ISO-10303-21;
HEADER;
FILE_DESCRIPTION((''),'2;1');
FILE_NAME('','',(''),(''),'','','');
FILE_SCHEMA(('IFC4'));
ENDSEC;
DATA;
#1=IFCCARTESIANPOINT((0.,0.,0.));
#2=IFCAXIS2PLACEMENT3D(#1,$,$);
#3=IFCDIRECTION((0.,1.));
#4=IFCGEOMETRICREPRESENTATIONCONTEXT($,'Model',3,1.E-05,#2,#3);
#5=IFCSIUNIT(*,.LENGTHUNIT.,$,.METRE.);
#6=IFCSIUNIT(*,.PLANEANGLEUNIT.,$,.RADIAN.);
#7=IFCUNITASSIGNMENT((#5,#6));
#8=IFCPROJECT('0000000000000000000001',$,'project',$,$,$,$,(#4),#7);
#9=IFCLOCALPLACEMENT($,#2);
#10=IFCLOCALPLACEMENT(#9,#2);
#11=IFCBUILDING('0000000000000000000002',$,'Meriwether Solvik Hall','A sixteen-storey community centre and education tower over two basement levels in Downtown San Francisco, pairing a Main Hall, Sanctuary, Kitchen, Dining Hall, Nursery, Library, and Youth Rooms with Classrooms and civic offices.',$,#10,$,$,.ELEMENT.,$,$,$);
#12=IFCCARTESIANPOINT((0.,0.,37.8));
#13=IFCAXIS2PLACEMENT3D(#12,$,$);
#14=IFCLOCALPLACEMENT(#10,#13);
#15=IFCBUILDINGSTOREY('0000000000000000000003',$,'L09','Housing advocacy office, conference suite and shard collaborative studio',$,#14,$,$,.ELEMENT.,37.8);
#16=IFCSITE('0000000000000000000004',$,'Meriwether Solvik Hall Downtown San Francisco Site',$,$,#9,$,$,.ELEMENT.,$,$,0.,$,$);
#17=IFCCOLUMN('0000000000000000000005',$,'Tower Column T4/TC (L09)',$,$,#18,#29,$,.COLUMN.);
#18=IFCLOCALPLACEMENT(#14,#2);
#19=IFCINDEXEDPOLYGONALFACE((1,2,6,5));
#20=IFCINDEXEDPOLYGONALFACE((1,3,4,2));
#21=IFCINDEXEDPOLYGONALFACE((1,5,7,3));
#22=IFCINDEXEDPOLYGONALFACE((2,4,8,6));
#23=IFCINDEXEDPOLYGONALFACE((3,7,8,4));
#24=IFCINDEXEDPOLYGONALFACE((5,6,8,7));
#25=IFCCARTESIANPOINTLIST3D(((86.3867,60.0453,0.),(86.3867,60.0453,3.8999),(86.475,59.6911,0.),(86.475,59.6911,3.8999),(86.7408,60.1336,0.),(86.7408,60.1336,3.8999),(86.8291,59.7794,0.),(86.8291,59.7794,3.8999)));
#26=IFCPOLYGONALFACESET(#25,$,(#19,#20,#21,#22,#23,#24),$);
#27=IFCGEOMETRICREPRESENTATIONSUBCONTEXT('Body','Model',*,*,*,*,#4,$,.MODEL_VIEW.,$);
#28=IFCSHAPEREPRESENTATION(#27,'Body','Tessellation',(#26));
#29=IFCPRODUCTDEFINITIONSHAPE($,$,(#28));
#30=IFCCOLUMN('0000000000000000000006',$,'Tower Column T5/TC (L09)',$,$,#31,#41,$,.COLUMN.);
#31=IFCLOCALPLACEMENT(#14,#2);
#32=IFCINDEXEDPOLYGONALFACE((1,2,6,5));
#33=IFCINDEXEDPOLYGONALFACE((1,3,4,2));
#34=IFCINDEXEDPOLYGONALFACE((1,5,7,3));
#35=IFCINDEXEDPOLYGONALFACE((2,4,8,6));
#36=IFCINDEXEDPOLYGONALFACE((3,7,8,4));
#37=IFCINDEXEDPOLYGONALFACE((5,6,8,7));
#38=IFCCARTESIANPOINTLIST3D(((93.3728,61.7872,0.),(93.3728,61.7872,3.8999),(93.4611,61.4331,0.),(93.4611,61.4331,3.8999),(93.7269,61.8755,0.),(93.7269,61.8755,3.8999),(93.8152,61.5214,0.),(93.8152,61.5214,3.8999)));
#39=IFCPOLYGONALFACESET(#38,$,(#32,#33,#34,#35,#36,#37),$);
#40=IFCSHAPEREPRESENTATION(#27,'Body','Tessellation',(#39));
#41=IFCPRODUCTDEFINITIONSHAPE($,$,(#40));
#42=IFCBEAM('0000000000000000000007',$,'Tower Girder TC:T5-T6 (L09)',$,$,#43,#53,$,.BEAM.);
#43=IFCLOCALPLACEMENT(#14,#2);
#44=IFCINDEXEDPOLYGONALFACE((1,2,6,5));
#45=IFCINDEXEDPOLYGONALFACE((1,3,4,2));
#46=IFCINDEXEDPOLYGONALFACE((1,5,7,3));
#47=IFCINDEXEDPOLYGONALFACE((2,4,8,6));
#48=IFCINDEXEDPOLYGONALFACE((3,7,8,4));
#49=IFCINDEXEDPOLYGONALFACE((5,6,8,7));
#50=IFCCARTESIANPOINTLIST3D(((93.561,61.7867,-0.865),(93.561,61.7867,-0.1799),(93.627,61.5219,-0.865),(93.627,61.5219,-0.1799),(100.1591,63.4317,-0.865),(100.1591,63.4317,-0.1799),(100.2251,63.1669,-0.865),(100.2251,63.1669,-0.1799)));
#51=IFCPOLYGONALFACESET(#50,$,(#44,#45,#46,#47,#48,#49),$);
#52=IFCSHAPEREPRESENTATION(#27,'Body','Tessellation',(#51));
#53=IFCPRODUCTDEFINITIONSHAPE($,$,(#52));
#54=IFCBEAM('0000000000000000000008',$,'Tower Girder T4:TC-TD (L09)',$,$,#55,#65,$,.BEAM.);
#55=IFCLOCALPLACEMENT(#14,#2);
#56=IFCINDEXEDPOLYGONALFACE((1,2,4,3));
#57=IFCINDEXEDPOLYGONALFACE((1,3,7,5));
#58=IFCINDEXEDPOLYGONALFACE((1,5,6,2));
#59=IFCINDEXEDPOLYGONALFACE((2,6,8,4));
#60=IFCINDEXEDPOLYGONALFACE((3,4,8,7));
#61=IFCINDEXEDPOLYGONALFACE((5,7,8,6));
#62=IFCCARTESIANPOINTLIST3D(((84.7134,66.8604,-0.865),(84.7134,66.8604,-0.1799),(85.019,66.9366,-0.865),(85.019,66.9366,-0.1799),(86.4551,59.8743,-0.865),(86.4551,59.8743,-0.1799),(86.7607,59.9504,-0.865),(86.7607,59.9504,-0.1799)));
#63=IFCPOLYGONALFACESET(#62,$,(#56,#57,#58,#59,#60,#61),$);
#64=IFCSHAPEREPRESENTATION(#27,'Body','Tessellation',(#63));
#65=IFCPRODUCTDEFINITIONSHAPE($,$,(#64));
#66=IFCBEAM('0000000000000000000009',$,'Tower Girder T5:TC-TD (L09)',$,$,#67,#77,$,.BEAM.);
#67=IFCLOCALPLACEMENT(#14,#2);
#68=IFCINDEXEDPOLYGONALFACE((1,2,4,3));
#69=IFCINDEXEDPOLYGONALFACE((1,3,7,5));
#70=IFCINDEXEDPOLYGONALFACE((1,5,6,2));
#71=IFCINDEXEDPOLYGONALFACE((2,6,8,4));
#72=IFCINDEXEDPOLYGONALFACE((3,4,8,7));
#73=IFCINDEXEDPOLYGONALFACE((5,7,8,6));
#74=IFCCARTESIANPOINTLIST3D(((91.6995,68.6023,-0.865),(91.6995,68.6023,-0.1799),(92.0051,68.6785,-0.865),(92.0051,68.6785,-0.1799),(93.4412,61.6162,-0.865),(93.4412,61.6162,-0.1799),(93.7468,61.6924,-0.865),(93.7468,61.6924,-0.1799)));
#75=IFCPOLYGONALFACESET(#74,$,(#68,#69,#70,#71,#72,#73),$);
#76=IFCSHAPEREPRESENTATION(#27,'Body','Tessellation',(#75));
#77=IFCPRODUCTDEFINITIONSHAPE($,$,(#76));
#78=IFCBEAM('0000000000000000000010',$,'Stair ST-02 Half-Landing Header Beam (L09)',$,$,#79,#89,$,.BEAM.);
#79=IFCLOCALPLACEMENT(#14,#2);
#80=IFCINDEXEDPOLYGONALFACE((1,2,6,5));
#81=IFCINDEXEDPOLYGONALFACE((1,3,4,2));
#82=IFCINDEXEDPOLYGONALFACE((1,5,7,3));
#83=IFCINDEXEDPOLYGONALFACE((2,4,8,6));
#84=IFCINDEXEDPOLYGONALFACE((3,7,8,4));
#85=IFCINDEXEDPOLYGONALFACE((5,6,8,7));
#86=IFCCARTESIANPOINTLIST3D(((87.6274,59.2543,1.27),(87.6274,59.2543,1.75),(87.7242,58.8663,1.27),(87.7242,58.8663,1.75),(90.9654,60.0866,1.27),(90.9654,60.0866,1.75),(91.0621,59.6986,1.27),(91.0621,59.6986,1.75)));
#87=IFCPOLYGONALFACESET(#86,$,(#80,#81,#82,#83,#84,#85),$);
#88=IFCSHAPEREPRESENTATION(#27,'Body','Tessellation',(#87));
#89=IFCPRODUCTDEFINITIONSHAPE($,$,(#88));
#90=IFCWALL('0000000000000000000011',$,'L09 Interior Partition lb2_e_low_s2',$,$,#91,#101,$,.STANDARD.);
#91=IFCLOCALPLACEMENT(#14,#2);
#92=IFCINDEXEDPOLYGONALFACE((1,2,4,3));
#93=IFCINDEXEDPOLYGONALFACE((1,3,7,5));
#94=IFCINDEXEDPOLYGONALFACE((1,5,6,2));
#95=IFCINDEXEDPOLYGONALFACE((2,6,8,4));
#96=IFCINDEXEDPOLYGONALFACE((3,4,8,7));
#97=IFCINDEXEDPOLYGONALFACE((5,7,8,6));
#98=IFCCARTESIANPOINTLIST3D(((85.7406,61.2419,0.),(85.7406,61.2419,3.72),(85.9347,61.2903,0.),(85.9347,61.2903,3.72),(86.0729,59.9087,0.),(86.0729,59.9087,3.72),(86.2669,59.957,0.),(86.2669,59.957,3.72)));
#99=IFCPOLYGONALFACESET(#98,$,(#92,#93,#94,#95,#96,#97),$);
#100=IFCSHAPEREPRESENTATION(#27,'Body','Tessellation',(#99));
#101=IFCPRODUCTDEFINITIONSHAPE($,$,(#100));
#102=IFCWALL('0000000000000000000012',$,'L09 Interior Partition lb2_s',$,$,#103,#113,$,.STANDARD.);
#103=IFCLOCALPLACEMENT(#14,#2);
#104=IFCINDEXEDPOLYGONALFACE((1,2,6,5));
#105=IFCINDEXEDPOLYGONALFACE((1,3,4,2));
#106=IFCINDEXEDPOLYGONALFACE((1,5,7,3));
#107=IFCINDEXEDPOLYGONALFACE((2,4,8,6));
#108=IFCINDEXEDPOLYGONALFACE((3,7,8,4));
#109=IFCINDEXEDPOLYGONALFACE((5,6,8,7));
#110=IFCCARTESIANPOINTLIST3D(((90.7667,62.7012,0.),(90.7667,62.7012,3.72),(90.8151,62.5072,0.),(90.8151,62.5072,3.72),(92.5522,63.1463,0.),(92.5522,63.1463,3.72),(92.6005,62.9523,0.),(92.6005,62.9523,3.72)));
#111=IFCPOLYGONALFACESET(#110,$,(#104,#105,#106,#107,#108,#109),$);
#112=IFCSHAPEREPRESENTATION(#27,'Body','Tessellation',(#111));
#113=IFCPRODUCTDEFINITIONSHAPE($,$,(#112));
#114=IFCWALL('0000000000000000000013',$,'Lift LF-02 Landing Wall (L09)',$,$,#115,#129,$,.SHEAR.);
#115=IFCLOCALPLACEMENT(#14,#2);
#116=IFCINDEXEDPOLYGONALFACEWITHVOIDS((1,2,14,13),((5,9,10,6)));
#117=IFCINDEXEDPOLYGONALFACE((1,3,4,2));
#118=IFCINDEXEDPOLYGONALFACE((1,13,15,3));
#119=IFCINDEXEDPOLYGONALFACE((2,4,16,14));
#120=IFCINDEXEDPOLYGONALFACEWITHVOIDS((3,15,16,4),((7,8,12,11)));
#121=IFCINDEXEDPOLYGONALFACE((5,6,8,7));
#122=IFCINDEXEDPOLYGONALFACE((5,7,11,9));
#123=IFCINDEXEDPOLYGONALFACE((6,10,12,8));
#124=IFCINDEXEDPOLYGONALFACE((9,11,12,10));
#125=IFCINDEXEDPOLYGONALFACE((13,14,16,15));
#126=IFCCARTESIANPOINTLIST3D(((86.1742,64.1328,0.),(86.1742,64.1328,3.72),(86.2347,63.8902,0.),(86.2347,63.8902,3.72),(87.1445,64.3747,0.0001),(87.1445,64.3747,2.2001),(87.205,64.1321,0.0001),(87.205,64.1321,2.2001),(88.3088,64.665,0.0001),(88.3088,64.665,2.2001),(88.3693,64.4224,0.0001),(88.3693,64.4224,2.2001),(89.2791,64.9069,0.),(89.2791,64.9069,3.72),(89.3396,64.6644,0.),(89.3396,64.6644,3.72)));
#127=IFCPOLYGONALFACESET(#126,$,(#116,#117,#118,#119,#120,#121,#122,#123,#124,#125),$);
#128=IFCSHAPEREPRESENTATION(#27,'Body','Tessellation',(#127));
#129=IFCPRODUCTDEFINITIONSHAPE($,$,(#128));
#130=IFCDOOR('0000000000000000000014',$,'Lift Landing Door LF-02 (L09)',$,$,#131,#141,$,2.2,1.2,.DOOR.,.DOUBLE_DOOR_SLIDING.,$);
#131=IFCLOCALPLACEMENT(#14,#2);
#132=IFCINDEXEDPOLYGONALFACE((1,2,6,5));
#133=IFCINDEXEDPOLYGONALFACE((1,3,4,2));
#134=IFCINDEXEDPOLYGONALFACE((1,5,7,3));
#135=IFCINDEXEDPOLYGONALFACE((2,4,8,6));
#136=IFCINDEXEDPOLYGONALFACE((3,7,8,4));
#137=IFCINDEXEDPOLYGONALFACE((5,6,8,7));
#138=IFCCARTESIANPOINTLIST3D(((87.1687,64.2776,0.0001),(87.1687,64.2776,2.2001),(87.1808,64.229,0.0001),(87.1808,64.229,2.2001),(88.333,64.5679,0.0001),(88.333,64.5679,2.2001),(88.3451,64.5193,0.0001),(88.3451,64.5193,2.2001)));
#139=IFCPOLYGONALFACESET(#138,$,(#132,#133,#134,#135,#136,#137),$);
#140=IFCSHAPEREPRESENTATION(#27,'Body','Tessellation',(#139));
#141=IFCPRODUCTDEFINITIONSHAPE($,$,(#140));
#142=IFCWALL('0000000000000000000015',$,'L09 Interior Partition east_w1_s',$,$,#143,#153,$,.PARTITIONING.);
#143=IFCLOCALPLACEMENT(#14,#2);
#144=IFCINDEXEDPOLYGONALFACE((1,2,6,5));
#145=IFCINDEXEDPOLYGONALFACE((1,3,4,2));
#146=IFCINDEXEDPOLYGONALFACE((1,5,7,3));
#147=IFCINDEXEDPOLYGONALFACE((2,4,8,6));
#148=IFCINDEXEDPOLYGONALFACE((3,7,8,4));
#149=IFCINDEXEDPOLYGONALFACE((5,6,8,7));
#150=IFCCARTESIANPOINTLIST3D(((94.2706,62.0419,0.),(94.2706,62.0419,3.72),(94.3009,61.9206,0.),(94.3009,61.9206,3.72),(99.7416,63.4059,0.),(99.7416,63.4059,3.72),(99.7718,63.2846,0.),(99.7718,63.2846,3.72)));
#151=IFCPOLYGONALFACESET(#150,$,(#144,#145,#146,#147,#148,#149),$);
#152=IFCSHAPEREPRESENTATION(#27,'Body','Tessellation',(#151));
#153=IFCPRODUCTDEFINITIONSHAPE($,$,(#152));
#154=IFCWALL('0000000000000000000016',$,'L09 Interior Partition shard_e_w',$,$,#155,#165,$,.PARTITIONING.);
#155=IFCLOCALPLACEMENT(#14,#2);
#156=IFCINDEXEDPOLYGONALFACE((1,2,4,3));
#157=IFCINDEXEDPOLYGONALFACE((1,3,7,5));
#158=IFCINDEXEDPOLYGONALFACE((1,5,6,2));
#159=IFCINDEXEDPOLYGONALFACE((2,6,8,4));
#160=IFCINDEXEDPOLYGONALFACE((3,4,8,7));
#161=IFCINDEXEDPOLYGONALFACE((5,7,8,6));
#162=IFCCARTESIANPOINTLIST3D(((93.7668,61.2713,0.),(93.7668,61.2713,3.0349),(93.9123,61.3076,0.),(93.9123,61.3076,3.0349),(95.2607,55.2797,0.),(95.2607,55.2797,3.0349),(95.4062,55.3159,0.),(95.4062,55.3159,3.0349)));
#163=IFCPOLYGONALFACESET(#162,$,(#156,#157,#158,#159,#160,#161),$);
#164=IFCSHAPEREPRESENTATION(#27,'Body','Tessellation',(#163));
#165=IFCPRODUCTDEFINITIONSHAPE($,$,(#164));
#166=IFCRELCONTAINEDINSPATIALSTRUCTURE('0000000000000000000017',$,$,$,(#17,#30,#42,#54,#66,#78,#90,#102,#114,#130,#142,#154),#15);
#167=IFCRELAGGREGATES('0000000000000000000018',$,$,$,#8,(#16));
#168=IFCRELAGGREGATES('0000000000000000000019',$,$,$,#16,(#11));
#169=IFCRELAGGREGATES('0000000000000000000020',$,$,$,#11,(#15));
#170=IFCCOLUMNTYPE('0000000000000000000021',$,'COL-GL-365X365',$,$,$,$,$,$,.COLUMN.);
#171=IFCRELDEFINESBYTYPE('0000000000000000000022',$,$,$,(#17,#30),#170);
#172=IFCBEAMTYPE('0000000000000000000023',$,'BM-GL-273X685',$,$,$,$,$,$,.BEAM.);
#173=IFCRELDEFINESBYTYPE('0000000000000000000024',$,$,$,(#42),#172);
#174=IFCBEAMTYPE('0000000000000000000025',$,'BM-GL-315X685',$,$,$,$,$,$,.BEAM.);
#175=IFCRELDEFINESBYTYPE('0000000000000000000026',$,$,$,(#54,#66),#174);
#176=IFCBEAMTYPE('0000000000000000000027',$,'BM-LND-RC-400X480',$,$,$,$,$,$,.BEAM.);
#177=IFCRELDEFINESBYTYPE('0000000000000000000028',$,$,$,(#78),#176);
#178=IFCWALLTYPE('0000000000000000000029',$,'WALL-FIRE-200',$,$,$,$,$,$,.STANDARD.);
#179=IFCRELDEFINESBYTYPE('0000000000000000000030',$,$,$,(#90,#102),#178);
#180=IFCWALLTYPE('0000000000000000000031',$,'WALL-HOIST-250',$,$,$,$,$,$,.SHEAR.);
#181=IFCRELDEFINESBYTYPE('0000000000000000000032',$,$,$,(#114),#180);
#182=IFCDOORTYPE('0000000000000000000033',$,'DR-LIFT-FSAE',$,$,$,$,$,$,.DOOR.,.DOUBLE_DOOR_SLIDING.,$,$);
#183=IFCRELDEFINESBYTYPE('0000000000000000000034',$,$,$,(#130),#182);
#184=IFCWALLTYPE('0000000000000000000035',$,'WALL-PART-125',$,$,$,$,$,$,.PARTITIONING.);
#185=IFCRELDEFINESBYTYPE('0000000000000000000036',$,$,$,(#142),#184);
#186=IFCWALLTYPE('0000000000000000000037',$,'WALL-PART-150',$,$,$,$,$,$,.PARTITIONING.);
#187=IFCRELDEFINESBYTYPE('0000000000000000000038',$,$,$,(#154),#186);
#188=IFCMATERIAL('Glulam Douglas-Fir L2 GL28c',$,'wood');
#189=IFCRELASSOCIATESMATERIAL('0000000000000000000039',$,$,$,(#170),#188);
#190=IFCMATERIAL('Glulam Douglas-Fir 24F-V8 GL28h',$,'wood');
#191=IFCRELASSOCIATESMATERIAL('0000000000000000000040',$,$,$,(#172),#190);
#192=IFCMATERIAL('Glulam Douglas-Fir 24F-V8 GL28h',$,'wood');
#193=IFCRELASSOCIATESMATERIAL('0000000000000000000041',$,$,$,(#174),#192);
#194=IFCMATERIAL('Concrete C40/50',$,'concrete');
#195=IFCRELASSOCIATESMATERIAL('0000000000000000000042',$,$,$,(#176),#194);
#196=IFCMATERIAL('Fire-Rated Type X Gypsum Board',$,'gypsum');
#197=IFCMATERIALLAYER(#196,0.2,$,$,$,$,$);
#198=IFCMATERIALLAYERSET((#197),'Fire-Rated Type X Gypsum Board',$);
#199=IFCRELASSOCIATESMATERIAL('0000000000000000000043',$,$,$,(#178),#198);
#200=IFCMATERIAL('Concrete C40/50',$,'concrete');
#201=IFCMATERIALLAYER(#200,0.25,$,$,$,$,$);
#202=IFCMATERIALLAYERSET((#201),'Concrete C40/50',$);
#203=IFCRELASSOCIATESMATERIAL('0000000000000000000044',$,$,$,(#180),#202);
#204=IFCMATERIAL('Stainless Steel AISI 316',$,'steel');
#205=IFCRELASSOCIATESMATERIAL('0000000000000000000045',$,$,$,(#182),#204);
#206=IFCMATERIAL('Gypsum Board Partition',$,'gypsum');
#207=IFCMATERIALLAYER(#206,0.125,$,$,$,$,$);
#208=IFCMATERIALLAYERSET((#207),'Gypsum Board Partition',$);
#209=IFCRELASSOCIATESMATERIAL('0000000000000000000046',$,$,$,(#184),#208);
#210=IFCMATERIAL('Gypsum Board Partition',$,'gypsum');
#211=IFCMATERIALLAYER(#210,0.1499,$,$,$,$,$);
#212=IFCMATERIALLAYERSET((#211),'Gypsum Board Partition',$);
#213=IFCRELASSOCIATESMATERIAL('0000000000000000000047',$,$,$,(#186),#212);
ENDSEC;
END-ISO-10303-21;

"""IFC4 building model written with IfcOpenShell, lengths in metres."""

from ifc_helpers import new_model, si_unit, direction, frame, frame_2d, origin, origin_2d, place, context, subcontext, project, spatial, rectangle, extrude, material, layer, layer_set, material_profile, profile_set, type_object, element, fill, save


model = new_model("IFC4")

# Units and contexts
model_context = context("Model", 3, precision=1e-05, world=origin(), true_north=direction((0.0, 1.0)))
body_context = subcontext(model_context, "Body", "Model", "MODEL_VIEW")
ifc_project = project(units=[si_unit("LENGTHUNIT", "METRE"), si_unit("PLANEANGLEUNIT", "RADIAN")], contexts=[model_context])

# Site, building, storey
site_placement = place(None, origin())
site = spatial("IfcSite", under=ifc_project, at=site_placement, Name="Meriwether Solvik Hall Downtown San Francisco Site", CompositionType="ELEMENT", RefElevation=0.0)
building_placement = place(site_placement, origin())
building = spatial("IfcBuilding", under=site, at=building_placement, Name="Meriwether Solvik Hall", Description="A sixteen-storey community centre and education tower over two basement levels in Downtown San Francisco, pairing a Main Hall, Sanctuary, Kitchen, Dining Hall, Nursery, Library, and Youth Rooms with Classrooms and civic offices.", CompositionType="ELEMENT")
storey_placement = place(building_placement, frame((0.0, 0.0, 37.8)))
storey = spatial("IfcBuildingStorey", under=building, at=storey_placement, Name="L09", Description="Housing advocacy office, conference suite and shard collaborative studio", CompositionType="ELEMENT", Elevation=37.8)

# Columns
ifc_material_1 = material(Name="Glulam Douglas-Fir L2 GL28c", Category="wood")
ifc_material_profile_1 = material_profile(ifc_material_1, rectangle(XDim=0.365, YDim=0.365, at=origin_2d()), Name="GLC-365X365")
ifc_profile_set_1 = profile_set([ifc_material_profile_1], Name="Glulam Douglas-Fir L2 GL28c")
column_type = type_object("IfcColumnType", Name="COL-GL-365X365", PredefinedType="COLUMN", material=ifc_profile_set_1)
for number, where, z_axis, x_axis, name in (
    (1, (86.6079, 59.9124, 0.0), (0.0, 0.0, 1.0), (0.970296, 0.241922, 0.0), "Tower Column T4/TC (L09)"),
    (2, (93.594, 61.6543, 0.0), (0.0, 0.0, 1.0), (0.970296, 0.241922, 0.0), "Tower Column T5/TC (L09)"),
):
    element("IfcColumn", number, at=place(storey_placement, frame(where, z_axis=z_axis, x_axis=x_axis)), inside=storey, type_object=column_type, Name=name, PredefinedType="COLUMN", context=body_context, shape_type="SweptSolid", body=[
        extrude(rectangle(XDim=0.365, YDim=0.365, at=origin_2d()), origin(), (0.0, 0.0, 1.0), 3.8999),
    ])

# Beams
ifc_material_2 = material(Name="Glulam Douglas-Fir 24F-V8 GL28h", Category="wood")
ifc_material_profile_2 = material_profile(ifc_material_2, rectangle(XDim=0.2729, YDim=0.6851, at=origin_2d()), Name="GLB-273X685")
ifc_profile_set_2 = profile_set([ifc_material_profile_2], Name="Glulam Douglas-Fir 24F-V8 GL28h")
beam_type_1 = type_object("IfcBeamType", Name="BM-GL-273X685", PredefinedType="BEAM", material=ifc_profile_set_2)
beam_1_placement = place(storey_placement, frame((93.594, 61.6543, -0.5225), z_axis=(0.970299, 0.24191, 0.0), x_axis=(-0.24191, 0.970299, 0.0)))
element("IfcBeam", 3, at=beam_1_placement, inside=storey, type_object=beam_type_1, Name="Tower Girder TC:T5-T6 (L09)", PredefinedType="BEAM", context=body_context, shape_type="SweptSolid", body=[
    extrude(rectangle(XDim=0.2729, YDim=0.6851, at=origin_2d()), origin(), (0.0, 0.0, 1.0), 6.8),
])
ifc_material_3 = material(Name="Glulam Douglas-Fir 24F-V8 GL28h", Category="wood")
ifc_material_profile_3 = material_profile(ifc_material_3, rectangle(XDim=0.3149, YDim=0.6851, at=origin_2d()), Name="GLB-315X685")
ifc_profile_set_3 = profile_set([ifc_material_profile_3], Name="Glulam Douglas-Fir 24F-V8 GL28h")
beam_type_2 = type_object("IfcBeamType", Name="BM-GL-315X685", PredefinedType="BEAM", material=ifc_profile_set_3)
for number, where, z_axis, x_axis, name in (
    (4, (86.6079, 59.9124, -0.5225), (-0.241905, 0.9703, 0.0), (-0.9703, -0.241905, 0.0), "Tower Girder T4:TC-TD (L09)"),
    (5, (93.594, 61.6543, -0.5225), (-0.241905, 0.9703, 0.0), (-0.9703, -0.241905, 0.0), "Tower Girder T5:TC-TD (L09)"),
):
    element("IfcBeam", number, at=place(storey_placement, frame(where, z_axis=z_axis, x_axis=x_axis)), inside=storey, type_object=beam_type_2, Name=name, PredefinedType="BEAM", context=body_context, shape_type="SweptSolid", body=[
        extrude(rectangle(XDim=0.3149, YDim=0.6851, at=origin_2d()), origin(), (0.0, 0.0, 1.0), 7.2),
    ])
ifc_material_4 = material(Name="Concrete C40/50", Category="concrete")
ifc_material_profile_4 = material_profile(ifc_material_4, rectangle(XDim=0.3999, YDim=0.48, at=origin_2d()), Name="RCB-400X480")
ifc_profile_set_4 = profile_set([ifc_material_profile_4], Name="Concrete C40/50")
beam_type_3 = type_object("IfcBeamType", Name="BM-LND-RC-400X480", PredefinedType="BEAM", material=ifc_profile_set_4)
beam_2_placement = place(storey_placement, frame((87.6758, 59.0603, 1.51), z_axis=(0.970293, 0.241934, 0.0), x_axis=(-0.241934, 0.970293, 0.0)))
element("IfcBeam", 6, at=beam_2_placement, inside=storey, type_object=beam_type_3, Name="Stair ST-02 Half-Landing Header Beam (L09)", PredefinedType="BEAM", context=body_context, shape_type="SweptSolid", body=[
    extrude(rectangle(XDim=0.3999, YDim=0.48, at=origin_2d()), origin(), (0.0, 0.0, 1.0), 3.4402),
])

# Walls
ifc_material_5 = material(Name="Fire-Rated Type X Gypsum Board", Category="gypsum")
ifc_layer_1 = layer(ifc_material_5, 0.2)
ifc_layer_set_1 = layer_set([ifc_layer_1], Name="Fire-Rated Type X Gypsum Board")
wall_type_1 = type_object("IfcWallType", Name="WALL-FIRE-200", PredefinedType="STANDARD", material=ifc_layer_set_1)
wall_1_placement = place(storey_placement, frame((86.1699, 59.9329, 0.0), z_axis=(0.0, 0.0, 1.0), x_axis=(-0.241825, 0.97032, 0.0)))
element("IfcWall", 7, at=wall_1_placement, inside=storey, type_object=wall_type_1, Name="L09 Interior Partition lb2_e_low_s2", PredefinedType="STANDARD", context=body_context, shape_type="SweptSolid", body=[
    extrude(rectangle(XDim=1.374, YDim=0.2, at=frame_2d((0.687, 0.0))), origin(), (0.0, 0.0, 1.0), 3.72),
])
wall_2_placement = place(storey_placement, frame((90.791, 62.6042, 0.0), z_axis=(0.0, 0.0, 1.0), x_axis=(0.970306, 0.24188, 0.0)))
element("IfcWall", 8, at=wall_2_placement, inside=storey, type_object=wall_type_1, Name="L09 Interior Partition lb2_s", PredefinedType="STANDARD", context=body_context, shape_type="SweptSolid", body=[
    extrude(rectangle(XDim=1.8401, YDim=0.2, at=frame_2d((0.9199, 0.0))), origin(), (0.0, 0.0, 1.0), 3.72),
])

# Wall, opening, door
ifc_material_6 = material(Name="Concrete C40/50", Category="concrete")
ifc_layer_2 = layer(ifc_material_6, 0.25)
ifc_layer_set_2 = layer_set([ifc_layer_2], Name="Concrete C40/50")
wall_type_2 = type_object("IfcWallType", Name="WALL-HOIST-250", PredefinedType="SHEAR", material=ifc_layer_set_2)
wall_3_placement = place(storey_placement, frame((86.2043, 64.0115, 0.0), z_axis=(0.0, 0.0, 1.0), x_axis=(0.970295, 0.241925, 0.0)))
wall_3 = element("IfcWall", 9, at=wall_3_placement, inside=storey, type_object=wall_type_2, Name="Lift LF-02 Landing Wall (L09)", PredefinedType="SHEAR", context=body_context, shape_type="SweptSolid", body=[
    extrude(rectangle(XDim=3.2, YDim=0.25, at=frame_2d((1.6001, 0.0))), origin(), (0.0, 0.0, 1.0), 3.72),
])
opening_placement = place(wall_3_placement, frame((1.0, 0.0, 0.0)))
opening = element("IfcOpeningElement", 10, at=opening_placement, cuts=wall_3, PredefinedType="OPENING", context=body_context, shape_type="SweptSolid", body=[
    extrude(rectangle(XDim=1.2, YDim=2.2, at=frame_2d((0.6001, 1.1001))), frame((0.0, 0.137, 0.0), z_axis=(0.0, -1.0, 0.0), x_axis=(1.0, 0.0, 0.0)), (0.0, 0.0, 1.0), 0.2739),
])
ifc_material_7 = material(Name="Stainless Steel AISI 316", Category="steel")
door_type = type_object("IfcDoorType", Name="DR-LIFT-FSAE", OperationType="DOUBLE_DOOR_SLIDING", PredefinedType="DOOR", material=ifc_material_7)
door_placement = place(opening_placement, origin())
door = element("IfcDoor", 11, at=door_placement, inside=storey, type_object=door_type, Name="Lift Landing Door LF-02 (L09)", OperationType="DOUBLE_DOOR_SLIDING", OverallHeight=2.2, OverallWidth=1.2, PredefinedType="DOOR", context=body_context, shape_type="SweptSolid", body=[
    extrude(rectangle(XDim=1.2, YDim=2.2, at=frame_2d((0.6001, 1.1001))), frame((0.0, 0.0249, 0.0), z_axis=(0.0, -1.0, 0.0), x_axis=(1.0, 0.0, 0.0)), (0.0, 0.0, 1.0), 0.05),
])
fill(opening, door)

# Walls
ifc_material_8 = material(Name="Gypsum Board Partition", Category="gypsum")
ifc_layer_3 = layer(ifc_material_8, 0.125)
ifc_layer_set_3 = layer_set([ifc_layer_3], Name="Gypsum Board Partition")
wall_type_3 = type_object("IfcWallType", Name="WALL-PART-125", PredefinedType="PARTITIONING", material=ifc_layer_set_3)
wall_4_placement = place(storey_placement, frame((94.2856, 61.9812, 0.0), z_axis=(0.0, 0.0, 1.0), x_axis=(0.970298, 0.241914, 0.0)))
element("IfcWall", 12, at=wall_4_placement, inside=storey, type_object=wall_type_3, Name="L09 Interior Partition east_w1_s", PredefinedType="PARTITIONING", context=body_context, shape_type="SweptSolid", body=[
    extrude(rectangle(XDim=5.6384, YDim=0.125, at=frame_2d((2.8193, 0.0))), origin(), (0.0, 0.0, 1.0), 3.72),
])
ifc_material_9 = material(Name="Gypsum Board Partition", Category="gypsum")
ifc_layer_4 = layer(ifc_material_9, 0.1499)
ifc_layer_set_4 = layer_set([ifc_layer_4], Name="Gypsum Board Partition")
wall_type_4 = type_object("IfcWallType", Name="WALL-PART-150", PredefinedType="PARTITIONING", material=ifc_layer_set_4)
wall_5_placement = place(storey_placement, frame((93.8396, 61.2893, 0.0), z_axis=(0.0, 0.0, 1.0), x_axis=(0.241922, -0.970296, 0.0)))
element("IfcWall", 13, at=wall_5_placement, inside=storey, type_object=wall_type_4, Name="L09 Interior Partition shard_e_w", PredefinedType="PARTITIONING", context=body_context, shape_type="SweptSolid", body=[
    extrude(rectangle(XDim=6.175, YDim=0.1499, at=frame_2d((3.0874, 0.0))), origin(), (0.0, 0.0, 1.0), 3.0349),
])

save(model, "model.ifc")
